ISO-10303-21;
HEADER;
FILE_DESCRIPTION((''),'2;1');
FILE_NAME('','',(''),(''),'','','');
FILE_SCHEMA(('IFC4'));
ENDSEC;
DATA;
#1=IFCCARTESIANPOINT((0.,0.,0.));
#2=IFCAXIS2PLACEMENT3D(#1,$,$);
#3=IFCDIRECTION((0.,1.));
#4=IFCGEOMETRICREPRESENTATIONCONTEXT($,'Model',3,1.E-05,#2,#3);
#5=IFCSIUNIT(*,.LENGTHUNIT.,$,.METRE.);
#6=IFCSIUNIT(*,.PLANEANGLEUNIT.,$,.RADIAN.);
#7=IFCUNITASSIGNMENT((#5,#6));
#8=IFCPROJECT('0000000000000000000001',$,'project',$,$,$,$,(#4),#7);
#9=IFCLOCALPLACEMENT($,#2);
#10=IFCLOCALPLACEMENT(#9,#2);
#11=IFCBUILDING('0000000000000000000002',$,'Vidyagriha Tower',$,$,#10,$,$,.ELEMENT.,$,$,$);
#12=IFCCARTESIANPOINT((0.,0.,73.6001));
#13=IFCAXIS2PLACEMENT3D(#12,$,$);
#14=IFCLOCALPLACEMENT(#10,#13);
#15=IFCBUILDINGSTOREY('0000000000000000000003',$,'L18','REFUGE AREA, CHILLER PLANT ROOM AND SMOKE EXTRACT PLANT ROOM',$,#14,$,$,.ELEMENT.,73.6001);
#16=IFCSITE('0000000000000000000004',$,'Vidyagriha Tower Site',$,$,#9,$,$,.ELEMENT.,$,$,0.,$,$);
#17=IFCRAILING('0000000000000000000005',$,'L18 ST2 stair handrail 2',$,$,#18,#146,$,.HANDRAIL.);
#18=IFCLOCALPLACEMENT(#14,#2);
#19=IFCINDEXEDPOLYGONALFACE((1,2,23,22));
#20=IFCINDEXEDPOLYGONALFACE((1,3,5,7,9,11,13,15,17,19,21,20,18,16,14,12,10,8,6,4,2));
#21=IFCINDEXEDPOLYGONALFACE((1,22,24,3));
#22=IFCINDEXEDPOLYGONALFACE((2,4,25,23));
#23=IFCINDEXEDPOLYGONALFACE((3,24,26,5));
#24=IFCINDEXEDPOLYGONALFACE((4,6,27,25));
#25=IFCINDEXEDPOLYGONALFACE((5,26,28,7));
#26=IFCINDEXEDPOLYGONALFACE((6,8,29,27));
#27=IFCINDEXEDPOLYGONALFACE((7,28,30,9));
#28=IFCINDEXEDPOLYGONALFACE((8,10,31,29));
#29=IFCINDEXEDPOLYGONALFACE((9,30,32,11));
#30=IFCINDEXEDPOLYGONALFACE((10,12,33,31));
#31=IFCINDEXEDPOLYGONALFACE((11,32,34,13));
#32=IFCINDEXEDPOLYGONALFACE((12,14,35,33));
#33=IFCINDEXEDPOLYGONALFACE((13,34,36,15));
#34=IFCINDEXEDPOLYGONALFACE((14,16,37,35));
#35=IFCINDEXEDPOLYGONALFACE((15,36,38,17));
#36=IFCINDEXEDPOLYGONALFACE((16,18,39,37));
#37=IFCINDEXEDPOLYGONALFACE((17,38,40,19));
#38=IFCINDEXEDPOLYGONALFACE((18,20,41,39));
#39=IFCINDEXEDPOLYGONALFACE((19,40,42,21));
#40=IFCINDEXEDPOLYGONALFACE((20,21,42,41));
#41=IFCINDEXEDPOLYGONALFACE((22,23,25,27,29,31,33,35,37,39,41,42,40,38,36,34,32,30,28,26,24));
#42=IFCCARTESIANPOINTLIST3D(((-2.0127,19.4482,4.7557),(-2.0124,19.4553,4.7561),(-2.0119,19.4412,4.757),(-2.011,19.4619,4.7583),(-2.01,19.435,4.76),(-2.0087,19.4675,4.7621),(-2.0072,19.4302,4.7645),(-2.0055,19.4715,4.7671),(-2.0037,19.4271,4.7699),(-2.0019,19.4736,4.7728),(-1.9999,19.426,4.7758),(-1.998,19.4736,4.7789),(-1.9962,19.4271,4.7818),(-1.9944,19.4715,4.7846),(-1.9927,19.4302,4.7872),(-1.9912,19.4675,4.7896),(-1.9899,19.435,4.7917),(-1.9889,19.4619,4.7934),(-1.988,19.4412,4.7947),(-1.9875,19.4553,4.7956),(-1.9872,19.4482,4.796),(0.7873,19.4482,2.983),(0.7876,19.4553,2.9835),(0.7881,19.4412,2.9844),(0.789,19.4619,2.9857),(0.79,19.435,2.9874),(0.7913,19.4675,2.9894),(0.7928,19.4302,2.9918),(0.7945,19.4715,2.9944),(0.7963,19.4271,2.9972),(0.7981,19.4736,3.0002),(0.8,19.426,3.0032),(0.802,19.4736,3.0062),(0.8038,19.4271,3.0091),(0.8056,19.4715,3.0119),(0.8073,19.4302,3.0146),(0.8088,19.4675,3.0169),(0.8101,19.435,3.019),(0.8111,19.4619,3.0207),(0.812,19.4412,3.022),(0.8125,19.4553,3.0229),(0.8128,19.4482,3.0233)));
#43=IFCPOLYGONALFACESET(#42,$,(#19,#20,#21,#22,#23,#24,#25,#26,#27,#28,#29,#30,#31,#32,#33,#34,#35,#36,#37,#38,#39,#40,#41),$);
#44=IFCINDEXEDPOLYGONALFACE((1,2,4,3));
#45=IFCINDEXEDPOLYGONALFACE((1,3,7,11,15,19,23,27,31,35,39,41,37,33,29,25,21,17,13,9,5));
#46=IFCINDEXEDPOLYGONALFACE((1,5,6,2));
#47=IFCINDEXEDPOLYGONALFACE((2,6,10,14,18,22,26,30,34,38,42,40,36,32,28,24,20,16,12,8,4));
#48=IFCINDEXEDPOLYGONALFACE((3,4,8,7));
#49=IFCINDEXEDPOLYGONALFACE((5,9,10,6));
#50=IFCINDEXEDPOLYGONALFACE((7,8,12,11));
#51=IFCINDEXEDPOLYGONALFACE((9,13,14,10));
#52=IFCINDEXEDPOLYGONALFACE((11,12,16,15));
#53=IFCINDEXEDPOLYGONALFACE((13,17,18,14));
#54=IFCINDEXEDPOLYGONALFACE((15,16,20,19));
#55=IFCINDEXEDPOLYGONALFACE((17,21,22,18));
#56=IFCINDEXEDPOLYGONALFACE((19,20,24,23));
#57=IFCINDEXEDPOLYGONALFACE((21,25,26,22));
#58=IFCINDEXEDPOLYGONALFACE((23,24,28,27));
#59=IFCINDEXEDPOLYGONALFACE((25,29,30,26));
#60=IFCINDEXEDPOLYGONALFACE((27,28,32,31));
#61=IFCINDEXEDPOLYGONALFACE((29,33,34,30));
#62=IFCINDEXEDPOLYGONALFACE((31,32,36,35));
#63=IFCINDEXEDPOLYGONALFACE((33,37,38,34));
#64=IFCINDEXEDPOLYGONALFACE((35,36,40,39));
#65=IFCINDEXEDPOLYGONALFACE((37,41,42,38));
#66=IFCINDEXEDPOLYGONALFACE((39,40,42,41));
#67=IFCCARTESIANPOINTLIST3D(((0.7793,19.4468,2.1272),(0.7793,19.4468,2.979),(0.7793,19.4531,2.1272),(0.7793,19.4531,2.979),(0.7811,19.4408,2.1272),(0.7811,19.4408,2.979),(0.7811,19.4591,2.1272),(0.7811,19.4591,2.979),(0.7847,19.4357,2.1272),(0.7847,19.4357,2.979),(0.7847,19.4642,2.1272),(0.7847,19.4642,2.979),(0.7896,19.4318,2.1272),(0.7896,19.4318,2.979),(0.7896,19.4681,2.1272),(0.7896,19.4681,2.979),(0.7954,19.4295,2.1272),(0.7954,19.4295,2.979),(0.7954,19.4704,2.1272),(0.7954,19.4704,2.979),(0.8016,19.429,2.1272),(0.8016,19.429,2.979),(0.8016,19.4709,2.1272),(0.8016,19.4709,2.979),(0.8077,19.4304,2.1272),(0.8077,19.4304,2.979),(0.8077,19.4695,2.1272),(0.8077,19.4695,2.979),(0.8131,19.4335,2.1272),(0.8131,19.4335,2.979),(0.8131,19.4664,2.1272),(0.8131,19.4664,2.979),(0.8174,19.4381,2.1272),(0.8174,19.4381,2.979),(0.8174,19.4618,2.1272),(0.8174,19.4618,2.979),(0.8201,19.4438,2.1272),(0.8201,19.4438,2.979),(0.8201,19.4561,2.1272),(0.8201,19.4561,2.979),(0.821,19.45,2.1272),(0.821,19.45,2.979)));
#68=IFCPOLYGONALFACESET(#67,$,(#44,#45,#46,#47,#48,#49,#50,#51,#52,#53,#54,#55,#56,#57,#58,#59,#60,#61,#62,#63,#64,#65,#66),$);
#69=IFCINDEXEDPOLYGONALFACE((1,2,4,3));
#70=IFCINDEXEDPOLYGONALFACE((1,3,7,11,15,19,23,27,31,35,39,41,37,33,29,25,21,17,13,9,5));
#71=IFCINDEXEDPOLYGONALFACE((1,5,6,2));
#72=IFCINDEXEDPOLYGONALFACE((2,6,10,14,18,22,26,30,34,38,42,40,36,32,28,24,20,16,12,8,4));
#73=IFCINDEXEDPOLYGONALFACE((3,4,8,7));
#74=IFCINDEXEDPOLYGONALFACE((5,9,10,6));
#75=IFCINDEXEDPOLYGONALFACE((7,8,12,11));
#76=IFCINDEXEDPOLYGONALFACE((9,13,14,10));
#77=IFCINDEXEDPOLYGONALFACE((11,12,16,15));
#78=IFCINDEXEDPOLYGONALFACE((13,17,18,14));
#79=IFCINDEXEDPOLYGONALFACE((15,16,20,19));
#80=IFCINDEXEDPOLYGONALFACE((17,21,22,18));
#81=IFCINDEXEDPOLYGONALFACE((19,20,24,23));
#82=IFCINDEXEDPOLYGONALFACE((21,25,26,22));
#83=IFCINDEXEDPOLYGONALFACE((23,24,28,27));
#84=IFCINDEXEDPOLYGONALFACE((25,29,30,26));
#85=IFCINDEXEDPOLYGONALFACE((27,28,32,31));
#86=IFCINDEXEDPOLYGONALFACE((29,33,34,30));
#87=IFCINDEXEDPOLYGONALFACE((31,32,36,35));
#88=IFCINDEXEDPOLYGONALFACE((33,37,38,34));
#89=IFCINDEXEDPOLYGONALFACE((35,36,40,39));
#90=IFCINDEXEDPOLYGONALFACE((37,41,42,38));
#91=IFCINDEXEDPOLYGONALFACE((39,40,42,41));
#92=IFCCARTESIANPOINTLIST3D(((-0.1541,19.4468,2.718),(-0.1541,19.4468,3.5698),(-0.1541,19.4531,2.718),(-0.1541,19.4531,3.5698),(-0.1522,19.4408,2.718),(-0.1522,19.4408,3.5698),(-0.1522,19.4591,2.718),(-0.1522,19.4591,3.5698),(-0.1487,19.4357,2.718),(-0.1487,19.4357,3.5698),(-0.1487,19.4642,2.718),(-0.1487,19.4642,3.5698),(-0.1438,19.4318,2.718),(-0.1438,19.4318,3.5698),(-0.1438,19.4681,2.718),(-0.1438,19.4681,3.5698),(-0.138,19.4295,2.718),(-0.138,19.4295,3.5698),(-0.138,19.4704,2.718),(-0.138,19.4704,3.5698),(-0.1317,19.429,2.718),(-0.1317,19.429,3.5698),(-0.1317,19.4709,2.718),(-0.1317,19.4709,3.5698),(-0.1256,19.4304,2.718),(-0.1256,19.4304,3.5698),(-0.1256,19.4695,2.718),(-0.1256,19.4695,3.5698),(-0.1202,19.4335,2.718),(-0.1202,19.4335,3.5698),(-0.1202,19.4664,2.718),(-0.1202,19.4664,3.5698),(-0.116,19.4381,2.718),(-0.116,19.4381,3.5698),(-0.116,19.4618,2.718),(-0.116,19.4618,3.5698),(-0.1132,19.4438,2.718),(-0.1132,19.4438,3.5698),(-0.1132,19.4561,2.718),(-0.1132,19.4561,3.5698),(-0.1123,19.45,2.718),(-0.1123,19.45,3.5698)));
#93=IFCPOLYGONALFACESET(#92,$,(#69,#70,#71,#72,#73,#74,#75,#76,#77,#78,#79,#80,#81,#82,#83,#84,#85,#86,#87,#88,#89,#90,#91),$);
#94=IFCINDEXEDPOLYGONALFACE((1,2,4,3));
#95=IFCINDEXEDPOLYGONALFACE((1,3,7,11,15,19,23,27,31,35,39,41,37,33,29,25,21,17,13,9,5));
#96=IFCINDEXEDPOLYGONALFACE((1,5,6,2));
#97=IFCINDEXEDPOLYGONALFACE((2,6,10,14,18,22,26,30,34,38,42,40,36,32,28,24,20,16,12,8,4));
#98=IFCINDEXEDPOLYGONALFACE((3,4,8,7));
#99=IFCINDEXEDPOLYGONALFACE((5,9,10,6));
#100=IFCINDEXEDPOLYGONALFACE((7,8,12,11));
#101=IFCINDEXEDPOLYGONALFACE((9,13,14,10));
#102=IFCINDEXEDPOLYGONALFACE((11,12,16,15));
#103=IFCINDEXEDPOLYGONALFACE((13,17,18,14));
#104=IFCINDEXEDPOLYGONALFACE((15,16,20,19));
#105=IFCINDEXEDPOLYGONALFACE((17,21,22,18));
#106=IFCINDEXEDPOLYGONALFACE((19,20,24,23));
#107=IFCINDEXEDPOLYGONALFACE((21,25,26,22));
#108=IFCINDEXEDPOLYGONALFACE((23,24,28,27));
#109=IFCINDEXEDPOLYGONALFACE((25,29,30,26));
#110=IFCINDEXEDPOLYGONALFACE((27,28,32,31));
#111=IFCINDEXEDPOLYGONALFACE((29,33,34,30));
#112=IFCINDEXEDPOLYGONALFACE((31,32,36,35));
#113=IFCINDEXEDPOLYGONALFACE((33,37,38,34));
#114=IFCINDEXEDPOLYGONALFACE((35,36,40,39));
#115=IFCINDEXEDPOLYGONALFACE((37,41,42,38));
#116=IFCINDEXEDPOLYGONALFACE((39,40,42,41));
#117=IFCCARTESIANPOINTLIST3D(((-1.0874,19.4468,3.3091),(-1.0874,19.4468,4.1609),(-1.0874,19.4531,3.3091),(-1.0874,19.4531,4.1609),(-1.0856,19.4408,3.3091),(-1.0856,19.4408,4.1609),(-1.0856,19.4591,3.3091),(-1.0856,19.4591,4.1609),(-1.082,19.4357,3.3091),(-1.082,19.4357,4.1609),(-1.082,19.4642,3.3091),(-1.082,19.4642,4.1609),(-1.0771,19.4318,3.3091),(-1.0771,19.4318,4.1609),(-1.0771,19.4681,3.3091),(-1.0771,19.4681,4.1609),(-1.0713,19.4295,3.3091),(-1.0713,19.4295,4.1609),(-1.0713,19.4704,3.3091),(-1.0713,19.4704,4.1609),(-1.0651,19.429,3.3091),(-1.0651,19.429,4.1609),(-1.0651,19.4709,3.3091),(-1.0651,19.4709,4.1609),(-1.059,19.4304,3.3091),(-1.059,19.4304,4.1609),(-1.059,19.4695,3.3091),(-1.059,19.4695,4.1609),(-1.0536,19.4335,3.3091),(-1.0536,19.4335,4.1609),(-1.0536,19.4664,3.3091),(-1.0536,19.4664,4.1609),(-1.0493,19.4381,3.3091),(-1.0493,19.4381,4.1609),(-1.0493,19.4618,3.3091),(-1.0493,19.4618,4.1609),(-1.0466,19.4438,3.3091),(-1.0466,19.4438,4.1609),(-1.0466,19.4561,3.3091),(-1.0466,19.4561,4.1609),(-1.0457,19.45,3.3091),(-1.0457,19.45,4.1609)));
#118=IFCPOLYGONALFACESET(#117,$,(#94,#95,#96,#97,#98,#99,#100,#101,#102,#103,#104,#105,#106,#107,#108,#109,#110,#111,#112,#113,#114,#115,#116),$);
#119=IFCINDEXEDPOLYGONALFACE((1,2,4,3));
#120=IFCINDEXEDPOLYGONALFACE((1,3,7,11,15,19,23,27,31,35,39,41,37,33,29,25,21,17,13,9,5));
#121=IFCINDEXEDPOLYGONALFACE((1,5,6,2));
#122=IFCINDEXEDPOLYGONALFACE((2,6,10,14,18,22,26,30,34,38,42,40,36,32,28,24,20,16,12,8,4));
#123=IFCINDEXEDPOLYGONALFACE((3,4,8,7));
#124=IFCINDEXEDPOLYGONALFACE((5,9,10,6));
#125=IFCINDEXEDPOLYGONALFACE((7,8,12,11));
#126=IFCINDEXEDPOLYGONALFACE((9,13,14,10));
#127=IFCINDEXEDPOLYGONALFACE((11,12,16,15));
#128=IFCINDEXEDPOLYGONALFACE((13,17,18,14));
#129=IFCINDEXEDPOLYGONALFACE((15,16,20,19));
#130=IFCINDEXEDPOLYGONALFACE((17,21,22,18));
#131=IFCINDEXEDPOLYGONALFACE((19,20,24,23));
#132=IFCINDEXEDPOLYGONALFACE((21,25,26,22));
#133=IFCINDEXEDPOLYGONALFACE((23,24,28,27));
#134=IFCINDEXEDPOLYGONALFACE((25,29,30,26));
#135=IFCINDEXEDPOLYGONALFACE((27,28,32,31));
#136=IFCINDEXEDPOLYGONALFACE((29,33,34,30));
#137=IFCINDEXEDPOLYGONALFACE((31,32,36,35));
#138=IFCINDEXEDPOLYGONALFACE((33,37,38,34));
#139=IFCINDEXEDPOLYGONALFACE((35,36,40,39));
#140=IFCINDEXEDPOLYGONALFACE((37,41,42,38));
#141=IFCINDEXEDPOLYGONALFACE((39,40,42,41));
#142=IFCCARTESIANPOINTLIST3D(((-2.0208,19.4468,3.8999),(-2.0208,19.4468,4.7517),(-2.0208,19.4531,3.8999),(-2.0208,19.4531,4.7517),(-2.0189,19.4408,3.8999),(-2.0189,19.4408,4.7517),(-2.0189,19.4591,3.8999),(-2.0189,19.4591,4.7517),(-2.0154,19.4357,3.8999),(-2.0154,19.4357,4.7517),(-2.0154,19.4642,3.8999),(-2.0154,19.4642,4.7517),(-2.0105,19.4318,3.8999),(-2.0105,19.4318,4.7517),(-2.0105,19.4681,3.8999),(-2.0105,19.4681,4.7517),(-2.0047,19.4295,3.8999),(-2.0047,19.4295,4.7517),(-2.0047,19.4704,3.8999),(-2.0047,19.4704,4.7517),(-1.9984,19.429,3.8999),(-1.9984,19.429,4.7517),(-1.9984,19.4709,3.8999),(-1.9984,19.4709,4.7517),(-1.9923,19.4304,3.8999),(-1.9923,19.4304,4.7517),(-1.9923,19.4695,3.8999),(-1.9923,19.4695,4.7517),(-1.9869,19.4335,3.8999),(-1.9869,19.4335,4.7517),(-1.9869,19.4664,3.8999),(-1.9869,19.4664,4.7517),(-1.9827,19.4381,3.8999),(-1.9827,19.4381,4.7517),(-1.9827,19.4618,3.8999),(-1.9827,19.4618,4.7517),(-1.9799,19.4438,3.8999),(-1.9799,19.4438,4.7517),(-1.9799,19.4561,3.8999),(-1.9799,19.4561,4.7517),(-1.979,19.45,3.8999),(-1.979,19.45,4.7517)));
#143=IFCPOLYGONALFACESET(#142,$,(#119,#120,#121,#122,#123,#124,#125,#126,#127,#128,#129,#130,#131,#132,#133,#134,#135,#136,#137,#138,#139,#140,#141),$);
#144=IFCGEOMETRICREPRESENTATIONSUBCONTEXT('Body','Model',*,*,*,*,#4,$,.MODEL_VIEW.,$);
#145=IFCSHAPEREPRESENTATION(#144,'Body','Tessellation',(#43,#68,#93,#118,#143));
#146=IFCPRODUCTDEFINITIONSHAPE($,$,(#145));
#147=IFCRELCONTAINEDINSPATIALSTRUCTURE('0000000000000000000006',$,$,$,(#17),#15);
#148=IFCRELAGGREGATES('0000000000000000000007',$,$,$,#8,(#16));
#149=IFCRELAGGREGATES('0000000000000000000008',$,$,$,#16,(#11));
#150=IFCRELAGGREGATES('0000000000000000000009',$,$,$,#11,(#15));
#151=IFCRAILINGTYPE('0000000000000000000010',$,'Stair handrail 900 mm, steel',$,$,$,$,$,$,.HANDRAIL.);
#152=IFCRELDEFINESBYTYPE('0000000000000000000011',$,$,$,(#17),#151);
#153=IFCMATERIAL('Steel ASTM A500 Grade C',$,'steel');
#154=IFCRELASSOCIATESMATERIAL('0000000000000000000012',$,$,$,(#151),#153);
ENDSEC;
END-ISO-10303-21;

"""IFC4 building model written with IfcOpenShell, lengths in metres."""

from ifc_helpers import new_model, si_unit, direction, frame, origin, origin_2d, place, context, subcontext, project, spatial, circle, extrude, material, type_object, element, save


model = new_model("IFC4")

# Units and contexts
model_context = context("Model", 3, precision=1e-05, world=origin(), true_north=direction((0.0, 1.0)))
body_context = subcontext(model_context, "Body", "Model", "MODEL_VIEW")
ifc_project = project(units=[si_unit("LENGTHUNIT", "METRE"), si_unit("PLANEANGLEUNIT", "RADIAN")], contexts=[model_context])

# Site, building, storey
site_placement = place(None, origin())
site = spatial("IfcSite", under=ifc_project, at=site_placement, Name="Vidyagriha Tower Site", CompositionType="ELEMENT", RefElevation=0.0)
building_placement = place(site_placement, origin())
building = spatial("IfcBuilding", under=site, at=building_placement, Name="Vidyagriha Tower", CompositionType="ELEMENT")
storey_placement = place(building_placement, frame((0.0, 0.0, 73.6001)))
storey = spatial("IfcBuildingStorey", under=building, at=storey_placement, Name="L18", Description="REFUGE AREA, CHILLER PLANT ROOM AND SMOKE EXTRACT PLANT ROOM", CompositionType="ELEMENT", Elevation=73.6001)

# Railing
ifc_material_1 = material(Name="Steel ASTM A500 Grade C", Category="steel")
railing_type_1 = type_object("IfcRailingType", Name="Stair handrail 900 mm, steel", PredefinedType="HANDRAIL", material=ifc_material_1)
railing_1_placement = place(storey_placement, frame((0.8, 19.45, 2.1272)))
element("IfcRailing", 1, at=railing_1_placement, inside=storey, type_object=railing_type_1, Name="L18 ST2 stair handrail 2", PredefinedType="HANDRAIL", context=body_context, shape_type="SweptSolid", body=[
    extrude(circle(Radius=0.0239, at=origin_2d()), frame((0.0, 0.0, 0.876), z_axis=(-0.844909, 0.0, 0.53491), x_axis=(0.0, -1.0, 0.0)), (0.0, 0.0, 1.0), 3.314),
    extrude(circle(Radius=0.021, at=origin_2d()), origin(), (0.0, 0.0, 1.0), 0.8518),
    extrude(circle(Radius=0.021, at=origin_2d()), frame((-0.9333, 0.0, 0.5908)), (0.0, 0.0, 1.0), 0.8518),
    extrude(circle(Radius=0.021, at=origin_2d()), frame((-1.8667, 0.0, 1.1819)), (0.0, 0.0, 1.0), 0.8518),
    extrude(circle(Radius=0.021, at=origin_2d()), frame((-2.8, 0.0, 1.7727)), (0.0, 0.0, 1.0), 0.8518),
])

save(model, "model.ifc")
